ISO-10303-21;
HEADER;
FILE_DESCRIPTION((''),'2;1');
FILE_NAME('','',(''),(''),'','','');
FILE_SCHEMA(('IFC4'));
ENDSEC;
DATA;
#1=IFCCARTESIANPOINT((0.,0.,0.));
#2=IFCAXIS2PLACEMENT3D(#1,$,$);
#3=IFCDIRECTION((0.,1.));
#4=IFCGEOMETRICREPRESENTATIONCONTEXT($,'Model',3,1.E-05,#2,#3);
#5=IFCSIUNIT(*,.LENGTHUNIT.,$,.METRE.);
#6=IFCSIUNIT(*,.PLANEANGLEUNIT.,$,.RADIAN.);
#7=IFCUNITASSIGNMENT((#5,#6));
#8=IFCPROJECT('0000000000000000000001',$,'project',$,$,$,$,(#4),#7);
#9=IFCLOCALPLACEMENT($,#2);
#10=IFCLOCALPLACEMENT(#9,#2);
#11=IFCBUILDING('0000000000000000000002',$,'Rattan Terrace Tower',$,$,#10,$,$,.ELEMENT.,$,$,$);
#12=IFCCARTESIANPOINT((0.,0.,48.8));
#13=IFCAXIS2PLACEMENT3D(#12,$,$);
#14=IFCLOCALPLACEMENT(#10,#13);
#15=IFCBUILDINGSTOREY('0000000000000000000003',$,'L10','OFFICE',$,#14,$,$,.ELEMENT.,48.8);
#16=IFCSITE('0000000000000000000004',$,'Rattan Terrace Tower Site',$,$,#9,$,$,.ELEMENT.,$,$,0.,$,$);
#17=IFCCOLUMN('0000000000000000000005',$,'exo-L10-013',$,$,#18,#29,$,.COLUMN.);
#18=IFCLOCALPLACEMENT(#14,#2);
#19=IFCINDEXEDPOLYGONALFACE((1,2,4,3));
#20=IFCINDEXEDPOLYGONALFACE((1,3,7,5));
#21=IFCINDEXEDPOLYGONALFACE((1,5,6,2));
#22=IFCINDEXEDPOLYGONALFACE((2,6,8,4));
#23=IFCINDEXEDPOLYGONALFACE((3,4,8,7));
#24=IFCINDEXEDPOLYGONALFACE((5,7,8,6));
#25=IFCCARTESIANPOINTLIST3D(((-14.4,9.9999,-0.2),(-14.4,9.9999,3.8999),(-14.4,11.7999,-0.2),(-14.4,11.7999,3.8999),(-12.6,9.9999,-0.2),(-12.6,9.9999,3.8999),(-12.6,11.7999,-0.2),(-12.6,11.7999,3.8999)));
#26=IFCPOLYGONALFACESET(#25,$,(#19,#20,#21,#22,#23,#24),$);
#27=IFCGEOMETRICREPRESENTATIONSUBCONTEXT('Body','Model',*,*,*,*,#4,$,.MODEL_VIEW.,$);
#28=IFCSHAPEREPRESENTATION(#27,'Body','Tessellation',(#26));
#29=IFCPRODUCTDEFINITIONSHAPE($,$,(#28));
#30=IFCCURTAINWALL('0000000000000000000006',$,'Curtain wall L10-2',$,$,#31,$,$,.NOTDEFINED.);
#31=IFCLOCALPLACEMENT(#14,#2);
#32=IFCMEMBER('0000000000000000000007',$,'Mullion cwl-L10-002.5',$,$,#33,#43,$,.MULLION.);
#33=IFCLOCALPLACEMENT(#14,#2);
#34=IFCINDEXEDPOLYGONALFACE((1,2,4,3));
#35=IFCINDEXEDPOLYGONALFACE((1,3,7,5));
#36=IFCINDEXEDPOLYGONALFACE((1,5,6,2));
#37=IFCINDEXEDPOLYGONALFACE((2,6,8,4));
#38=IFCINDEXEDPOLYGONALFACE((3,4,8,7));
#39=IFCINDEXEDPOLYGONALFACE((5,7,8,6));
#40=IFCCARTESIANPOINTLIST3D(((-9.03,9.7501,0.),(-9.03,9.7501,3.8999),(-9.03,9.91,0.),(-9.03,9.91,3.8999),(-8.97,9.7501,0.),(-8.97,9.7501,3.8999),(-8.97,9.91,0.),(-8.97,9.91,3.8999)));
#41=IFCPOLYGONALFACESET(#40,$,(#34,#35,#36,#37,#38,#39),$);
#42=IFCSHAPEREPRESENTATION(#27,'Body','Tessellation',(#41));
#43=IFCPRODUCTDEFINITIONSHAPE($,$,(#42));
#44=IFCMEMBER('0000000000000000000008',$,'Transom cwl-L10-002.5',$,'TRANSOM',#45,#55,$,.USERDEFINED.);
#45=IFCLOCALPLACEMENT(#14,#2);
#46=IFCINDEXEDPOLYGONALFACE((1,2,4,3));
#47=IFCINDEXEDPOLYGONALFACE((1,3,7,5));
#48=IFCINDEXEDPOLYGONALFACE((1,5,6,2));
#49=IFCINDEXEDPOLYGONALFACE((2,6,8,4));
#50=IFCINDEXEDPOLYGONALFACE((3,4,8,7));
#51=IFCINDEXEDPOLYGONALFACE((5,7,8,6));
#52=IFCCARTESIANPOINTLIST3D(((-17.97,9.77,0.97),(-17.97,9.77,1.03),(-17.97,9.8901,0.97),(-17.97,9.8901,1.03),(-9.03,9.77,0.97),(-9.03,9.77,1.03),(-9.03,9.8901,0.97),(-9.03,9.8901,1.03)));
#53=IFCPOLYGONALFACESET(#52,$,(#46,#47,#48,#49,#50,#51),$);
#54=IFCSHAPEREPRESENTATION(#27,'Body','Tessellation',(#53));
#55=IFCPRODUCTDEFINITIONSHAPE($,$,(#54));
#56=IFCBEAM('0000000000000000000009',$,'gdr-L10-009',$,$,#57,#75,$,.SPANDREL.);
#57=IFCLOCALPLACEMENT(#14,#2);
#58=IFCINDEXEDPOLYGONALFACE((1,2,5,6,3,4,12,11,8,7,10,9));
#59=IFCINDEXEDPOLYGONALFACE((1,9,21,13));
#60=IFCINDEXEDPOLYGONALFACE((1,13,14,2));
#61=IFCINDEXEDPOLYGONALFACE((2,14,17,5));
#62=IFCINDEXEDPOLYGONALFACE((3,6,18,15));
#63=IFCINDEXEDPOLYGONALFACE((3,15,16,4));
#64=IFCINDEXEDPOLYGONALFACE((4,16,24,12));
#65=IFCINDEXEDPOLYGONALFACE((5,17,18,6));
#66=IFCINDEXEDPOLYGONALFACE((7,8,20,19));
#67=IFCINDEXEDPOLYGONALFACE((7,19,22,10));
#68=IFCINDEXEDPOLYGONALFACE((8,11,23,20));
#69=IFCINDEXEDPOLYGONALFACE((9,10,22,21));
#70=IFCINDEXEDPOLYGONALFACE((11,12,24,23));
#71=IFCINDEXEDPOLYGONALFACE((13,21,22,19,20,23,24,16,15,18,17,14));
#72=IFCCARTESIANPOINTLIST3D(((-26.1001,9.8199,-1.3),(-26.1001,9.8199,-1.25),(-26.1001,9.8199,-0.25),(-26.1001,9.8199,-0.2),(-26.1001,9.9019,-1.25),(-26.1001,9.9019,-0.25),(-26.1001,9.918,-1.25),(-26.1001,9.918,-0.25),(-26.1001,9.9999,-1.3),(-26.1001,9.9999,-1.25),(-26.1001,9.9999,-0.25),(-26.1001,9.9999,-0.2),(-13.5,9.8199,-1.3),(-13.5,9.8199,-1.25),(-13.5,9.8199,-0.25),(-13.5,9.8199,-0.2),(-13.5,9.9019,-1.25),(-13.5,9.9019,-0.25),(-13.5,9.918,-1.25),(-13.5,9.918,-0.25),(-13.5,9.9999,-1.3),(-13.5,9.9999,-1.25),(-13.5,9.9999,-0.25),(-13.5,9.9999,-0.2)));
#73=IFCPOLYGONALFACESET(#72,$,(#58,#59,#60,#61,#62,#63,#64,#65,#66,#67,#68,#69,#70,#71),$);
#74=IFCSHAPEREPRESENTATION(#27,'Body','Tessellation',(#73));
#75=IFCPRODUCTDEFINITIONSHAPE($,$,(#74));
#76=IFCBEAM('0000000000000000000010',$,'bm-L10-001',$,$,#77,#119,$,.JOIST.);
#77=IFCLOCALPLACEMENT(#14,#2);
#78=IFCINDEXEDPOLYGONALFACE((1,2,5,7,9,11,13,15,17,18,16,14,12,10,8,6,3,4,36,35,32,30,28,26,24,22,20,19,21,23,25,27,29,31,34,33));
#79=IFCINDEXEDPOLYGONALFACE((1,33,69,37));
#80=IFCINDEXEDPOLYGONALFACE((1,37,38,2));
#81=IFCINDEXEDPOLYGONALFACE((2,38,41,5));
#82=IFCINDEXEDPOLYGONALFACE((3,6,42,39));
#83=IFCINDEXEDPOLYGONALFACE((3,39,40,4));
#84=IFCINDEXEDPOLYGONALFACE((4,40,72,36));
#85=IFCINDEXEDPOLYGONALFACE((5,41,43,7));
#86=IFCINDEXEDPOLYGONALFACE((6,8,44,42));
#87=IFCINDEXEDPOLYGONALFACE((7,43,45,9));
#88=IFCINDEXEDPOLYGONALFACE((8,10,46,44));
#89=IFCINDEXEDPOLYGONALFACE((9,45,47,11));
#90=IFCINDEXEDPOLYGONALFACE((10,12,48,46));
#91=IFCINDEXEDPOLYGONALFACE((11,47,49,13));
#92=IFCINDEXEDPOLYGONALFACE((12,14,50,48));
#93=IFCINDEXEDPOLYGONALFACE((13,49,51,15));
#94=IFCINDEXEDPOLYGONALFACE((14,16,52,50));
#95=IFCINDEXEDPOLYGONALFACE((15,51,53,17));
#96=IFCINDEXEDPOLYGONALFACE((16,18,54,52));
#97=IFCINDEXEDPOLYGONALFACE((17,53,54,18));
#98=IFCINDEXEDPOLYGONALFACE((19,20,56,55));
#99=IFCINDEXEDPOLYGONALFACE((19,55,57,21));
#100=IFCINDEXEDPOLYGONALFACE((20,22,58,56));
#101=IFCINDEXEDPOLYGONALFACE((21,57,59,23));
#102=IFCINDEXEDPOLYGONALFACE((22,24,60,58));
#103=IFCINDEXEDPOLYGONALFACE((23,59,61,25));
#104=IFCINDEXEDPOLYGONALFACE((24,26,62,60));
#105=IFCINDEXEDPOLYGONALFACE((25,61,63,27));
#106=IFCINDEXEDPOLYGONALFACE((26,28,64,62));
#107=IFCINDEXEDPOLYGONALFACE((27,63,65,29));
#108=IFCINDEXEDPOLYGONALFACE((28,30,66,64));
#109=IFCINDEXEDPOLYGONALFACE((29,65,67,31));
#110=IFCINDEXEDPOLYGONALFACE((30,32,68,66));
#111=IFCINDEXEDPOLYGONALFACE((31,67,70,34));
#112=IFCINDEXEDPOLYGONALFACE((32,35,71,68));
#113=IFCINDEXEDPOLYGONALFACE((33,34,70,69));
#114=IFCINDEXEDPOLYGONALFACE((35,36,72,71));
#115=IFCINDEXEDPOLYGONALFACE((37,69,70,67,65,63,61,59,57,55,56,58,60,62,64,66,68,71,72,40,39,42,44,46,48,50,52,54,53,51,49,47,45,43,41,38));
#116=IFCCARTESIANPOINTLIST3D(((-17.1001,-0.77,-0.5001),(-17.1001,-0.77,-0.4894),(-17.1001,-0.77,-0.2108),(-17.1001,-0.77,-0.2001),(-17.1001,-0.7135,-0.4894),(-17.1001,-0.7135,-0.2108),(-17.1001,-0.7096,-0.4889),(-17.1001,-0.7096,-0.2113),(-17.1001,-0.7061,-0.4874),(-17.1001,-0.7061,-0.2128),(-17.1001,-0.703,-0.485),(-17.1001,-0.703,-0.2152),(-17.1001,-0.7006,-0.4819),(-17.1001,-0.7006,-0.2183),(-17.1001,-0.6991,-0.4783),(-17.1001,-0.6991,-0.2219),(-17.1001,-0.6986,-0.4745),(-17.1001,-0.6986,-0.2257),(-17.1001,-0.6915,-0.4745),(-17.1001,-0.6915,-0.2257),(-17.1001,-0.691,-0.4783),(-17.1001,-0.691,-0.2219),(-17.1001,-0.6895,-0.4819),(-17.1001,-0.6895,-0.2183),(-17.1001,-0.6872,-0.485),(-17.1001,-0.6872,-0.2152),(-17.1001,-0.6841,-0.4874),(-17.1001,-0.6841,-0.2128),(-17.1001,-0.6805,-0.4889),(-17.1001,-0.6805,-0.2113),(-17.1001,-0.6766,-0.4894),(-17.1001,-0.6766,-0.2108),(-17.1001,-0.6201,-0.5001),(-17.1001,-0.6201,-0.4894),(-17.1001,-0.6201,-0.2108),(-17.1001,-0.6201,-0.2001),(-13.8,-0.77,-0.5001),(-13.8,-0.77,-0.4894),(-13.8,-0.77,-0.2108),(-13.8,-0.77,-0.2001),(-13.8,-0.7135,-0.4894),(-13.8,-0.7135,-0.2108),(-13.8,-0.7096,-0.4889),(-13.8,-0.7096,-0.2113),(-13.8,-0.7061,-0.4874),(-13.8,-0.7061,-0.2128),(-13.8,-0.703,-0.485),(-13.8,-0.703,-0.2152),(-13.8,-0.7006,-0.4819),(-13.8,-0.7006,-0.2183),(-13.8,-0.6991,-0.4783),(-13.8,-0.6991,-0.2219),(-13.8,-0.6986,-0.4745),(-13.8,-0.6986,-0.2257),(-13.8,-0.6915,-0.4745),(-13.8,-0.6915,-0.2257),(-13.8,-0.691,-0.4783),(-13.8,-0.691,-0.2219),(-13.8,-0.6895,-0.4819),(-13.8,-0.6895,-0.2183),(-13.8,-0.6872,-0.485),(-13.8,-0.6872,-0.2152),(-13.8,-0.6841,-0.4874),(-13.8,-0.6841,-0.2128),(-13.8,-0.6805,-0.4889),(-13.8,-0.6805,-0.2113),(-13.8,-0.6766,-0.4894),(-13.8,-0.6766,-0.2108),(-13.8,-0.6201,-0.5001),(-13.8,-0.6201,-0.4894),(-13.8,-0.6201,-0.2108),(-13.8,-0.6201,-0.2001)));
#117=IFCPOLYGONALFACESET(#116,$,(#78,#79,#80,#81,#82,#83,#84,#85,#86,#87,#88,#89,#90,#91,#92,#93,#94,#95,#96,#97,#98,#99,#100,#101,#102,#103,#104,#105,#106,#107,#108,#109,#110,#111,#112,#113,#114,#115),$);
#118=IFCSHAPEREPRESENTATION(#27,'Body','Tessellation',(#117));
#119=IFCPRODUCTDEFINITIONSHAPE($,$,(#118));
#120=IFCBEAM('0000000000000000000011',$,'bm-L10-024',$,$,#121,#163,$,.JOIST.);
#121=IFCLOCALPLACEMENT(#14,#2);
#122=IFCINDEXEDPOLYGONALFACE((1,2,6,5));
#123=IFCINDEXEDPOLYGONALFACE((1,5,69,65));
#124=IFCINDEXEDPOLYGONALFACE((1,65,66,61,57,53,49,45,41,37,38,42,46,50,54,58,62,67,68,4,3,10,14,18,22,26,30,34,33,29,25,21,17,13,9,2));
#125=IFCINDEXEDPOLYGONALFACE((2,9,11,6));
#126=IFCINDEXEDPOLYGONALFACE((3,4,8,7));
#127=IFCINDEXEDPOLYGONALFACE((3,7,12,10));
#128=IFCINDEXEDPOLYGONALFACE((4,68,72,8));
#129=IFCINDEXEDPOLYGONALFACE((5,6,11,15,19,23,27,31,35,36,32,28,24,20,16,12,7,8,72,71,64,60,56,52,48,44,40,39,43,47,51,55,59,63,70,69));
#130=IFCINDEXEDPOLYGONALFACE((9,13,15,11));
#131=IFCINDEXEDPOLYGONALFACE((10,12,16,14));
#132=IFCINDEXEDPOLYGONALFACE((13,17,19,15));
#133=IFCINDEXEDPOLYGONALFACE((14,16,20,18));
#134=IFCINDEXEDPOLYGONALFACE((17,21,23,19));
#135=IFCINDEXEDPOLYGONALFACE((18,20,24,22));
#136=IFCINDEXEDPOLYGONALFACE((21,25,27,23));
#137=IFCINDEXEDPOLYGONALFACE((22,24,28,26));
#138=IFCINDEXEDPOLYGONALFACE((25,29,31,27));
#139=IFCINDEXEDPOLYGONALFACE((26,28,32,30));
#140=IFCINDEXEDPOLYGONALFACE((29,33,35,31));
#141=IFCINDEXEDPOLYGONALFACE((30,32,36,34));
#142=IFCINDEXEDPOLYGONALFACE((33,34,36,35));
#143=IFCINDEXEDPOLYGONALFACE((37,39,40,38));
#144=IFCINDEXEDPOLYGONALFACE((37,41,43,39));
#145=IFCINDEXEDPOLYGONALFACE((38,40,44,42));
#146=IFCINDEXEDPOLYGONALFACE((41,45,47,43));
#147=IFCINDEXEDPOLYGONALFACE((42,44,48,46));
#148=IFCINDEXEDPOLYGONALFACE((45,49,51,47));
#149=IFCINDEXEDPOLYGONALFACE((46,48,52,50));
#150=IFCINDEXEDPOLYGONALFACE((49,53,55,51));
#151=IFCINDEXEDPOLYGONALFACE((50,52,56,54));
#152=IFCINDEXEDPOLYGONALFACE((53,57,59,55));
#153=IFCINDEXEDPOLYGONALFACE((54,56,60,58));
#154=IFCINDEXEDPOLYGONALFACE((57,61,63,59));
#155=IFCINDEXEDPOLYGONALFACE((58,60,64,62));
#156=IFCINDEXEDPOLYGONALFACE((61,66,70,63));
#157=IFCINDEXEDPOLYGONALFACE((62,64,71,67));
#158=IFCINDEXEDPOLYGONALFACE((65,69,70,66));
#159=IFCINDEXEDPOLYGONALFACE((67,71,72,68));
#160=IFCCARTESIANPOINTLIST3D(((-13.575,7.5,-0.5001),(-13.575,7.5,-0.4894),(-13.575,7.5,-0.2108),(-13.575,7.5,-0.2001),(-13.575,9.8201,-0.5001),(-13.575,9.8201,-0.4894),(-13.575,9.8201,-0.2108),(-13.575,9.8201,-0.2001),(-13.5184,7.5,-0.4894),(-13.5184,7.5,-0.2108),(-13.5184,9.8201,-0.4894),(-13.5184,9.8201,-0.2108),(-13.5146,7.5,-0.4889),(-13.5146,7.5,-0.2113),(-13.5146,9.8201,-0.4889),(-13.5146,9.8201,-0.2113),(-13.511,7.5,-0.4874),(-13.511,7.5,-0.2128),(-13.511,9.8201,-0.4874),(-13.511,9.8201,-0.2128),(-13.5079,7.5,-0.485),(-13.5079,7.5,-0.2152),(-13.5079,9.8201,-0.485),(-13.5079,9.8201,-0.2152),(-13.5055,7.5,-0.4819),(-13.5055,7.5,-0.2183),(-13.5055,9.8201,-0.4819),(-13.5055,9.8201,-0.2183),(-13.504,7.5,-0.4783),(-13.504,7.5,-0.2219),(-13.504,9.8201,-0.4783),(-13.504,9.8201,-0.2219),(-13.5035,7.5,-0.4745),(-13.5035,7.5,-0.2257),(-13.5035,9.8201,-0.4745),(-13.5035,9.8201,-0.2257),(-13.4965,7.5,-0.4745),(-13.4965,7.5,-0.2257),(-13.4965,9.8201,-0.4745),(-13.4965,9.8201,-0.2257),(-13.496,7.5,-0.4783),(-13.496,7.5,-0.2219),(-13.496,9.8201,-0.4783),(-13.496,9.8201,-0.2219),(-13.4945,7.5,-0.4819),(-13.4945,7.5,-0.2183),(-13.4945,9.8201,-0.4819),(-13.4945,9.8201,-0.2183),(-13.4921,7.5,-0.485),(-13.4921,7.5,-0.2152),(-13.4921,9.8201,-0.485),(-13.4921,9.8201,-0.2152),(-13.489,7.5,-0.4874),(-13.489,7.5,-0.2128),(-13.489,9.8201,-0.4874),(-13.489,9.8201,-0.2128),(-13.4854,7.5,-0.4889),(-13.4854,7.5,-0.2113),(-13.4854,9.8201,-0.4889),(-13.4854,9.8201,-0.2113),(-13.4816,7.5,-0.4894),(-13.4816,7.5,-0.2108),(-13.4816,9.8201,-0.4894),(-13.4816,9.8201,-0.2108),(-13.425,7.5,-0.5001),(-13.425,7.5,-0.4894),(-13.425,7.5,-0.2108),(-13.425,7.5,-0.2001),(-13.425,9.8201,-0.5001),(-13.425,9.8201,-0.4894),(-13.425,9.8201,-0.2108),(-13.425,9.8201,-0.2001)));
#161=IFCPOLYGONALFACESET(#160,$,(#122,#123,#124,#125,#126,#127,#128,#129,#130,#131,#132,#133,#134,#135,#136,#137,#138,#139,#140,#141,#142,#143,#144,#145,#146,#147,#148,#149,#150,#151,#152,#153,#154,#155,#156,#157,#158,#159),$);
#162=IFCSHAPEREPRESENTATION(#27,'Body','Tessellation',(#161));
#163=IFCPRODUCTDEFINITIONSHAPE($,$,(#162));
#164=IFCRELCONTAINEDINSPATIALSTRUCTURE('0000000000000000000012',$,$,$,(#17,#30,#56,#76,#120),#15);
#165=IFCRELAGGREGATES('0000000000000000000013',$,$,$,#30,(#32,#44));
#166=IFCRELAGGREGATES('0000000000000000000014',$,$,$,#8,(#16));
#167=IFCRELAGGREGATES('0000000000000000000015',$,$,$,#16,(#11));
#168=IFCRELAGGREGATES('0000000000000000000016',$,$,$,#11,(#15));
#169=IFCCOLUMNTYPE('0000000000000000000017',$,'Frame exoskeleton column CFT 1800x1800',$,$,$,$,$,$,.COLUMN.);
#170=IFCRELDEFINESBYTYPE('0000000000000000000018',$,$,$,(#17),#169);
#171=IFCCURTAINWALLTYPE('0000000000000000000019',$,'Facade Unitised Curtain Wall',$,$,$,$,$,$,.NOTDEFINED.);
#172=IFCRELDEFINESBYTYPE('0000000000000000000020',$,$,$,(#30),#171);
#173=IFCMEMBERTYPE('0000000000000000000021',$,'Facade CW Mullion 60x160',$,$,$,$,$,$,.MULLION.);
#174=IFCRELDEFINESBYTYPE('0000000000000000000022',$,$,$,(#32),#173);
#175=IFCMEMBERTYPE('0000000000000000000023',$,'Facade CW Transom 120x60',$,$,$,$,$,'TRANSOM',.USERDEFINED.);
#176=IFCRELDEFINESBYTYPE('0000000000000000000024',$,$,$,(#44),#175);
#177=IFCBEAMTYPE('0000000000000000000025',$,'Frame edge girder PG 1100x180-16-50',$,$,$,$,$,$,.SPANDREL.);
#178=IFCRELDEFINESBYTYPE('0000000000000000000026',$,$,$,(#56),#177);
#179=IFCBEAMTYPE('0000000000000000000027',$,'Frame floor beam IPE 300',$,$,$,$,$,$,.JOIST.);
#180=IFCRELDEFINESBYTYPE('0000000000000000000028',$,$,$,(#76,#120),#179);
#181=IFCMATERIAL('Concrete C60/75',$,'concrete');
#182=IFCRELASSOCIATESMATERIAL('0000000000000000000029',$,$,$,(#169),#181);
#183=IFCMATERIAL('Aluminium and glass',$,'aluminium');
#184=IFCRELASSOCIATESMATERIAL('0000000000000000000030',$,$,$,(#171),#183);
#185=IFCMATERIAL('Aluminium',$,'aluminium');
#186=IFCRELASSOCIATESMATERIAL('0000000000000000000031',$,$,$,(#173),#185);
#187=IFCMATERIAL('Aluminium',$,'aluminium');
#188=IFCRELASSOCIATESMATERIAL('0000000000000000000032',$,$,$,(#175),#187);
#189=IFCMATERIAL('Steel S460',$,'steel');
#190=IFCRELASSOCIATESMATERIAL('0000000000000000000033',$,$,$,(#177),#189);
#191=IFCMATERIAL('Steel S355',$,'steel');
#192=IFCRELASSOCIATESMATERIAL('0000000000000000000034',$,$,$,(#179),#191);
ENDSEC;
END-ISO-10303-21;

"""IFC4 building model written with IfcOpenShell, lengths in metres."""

from ifc_helpers import new_model, si_unit, direction, frame, origin, origin_2d, place, context, subcontext, project, spatial, rectangle, i_section, extrude, material, material_profile, profile_set, type_object, element, aggregate, save


model = new_model("IFC4")

# Units and contexts
model_context = context("Model", 3, precision=1e-05, world=origin(), true_north=direction((0.0, 1.0)))
body_context = subcontext(model_context, "Body", "Model", "MODEL_VIEW")
ifc_project = project(units=[si_unit("LENGTHUNIT", "METRE"), si_unit("PLANEANGLEUNIT", "RADIAN")], contexts=[model_context])

# Site, building, storey
site_placement = place(None, origin())
site = spatial("IfcSite", under=ifc_project, at=site_placement, Name="Rattan Terrace Tower Site", CompositionType="ELEMENT", RefElevation=0.0)
building_placement = place(site_placement, origin())
building = spatial("IfcBuilding", under=site, at=building_placement, Name="Rattan Terrace Tower", CompositionType="ELEMENT")
storey_placement = place(building_placement, frame((0.0, 0.0, 48.8)))
storey = spatial("IfcBuildingStorey", under=building, at=storey_placement, Name="L10", Description="OFFICE", CompositionType="ELEMENT", Elevation=48.8)

# Column
ifc_material_1 = material(Name="Concrete C60/75", Category="concrete")
ifc_material_profile_1 = material_profile(ifc_material_1, rectangle(XDim=1.8, YDim=1.8, at=origin_2d()), Name="CFT 1800x1800")
ifc_profile_set_1 = profile_set([ifc_material_profile_1], Name="Concrete C60/75")
column_type = type_object("IfcColumnType", Name="Frame exoskeleton column CFT 1800x1800", PredefinedType="COLUMN", material=ifc_profile_set_1)
column_placement = place(storey_placement, frame((-13.5, 10.8999, -0.2), z_axis=(0.0, 0.0, 1.0), x_axis=(1.0, 0.0, 0.0)))
element("IfcColumn", 1, at=column_placement, inside=storey, type_object=column_type, Name="exo-L10-013", PredefinedType="COLUMN", context=body_context, shape_type="SweptSolid", body=[
    extrude(rectangle(XDim=1.8, YDim=1.8, at=origin_2d()), origin(), (0.0, 0.0, 1.0), 4.0999),
])

# Curtain wall, members
ifc_material_2 = material(Name="Aluminium and glass", Category="aluminium")
curtain_wall_type = type_object("IfcCurtainWallType", Name="Facade Unitised Curtain Wall", PredefinedType="NOTDEFINED", material=ifc_material_2)
curtain_wall_placement = place(storey_placement, origin())
curtain_wall = element("IfcCurtainWall", 2, at=curtain_wall_placement, inside=storey, type_object=curtain_wall_type, Name="Curtain wall L10-2", PredefinedType="NOTDEFINED")
ifc_material_3 = material(Name="Aluminium", Category="aluminium")
ifc_material_profile_2 = material_profile(ifc_material_3, rectangle(XDim=0.0601, YDim=0.1599, at=origin_2d()), Name="Aluminium 60x160")
ifc_profile_set_2 = profile_set([ifc_material_profile_2], Name="Aluminium")
member_type_1 = type_object("IfcMemberType", Name="Facade CW Mullion 60x160", PredefinedType="MULLION", material=ifc_profile_set_2)
member_1_placement = place(storey_placement, frame((-9.0, 9.8301, 0.0), z_axis=(0.0, 0.0, 1.0), x_axis=(-1.0, 0.0, 0.0)))
member_1 = element("IfcMember", 3, at=member_1_placement, type_object=member_type_1, Name="Mullion cwl-L10-002.5", PredefinedType="MULLION", context=body_context, shape_type="SweptSolid", body=[
    extrude(rectangle(XDim=0.0601, YDim=0.1599, at=origin_2d()), origin(), (0.0, 0.0, 1.0), 3.8999),
])
ifc_material_4 = material(Name="Aluminium", Category="aluminium")
ifc_material_profile_3 = material_profile(ifc_material_4, rectangle(XDim=0.1201, YDim=0.0601, at=origin_2d()), Name="Aluminium 120x60")
ifc_profile_set_3 = profile_set([ifc_material_profile_3], Name="Aluminium")
member_type_2 = type_object("IfcMemberType", Name="Facade CW Transom 120x60", ElementType="TRANSOM", PredefinedType="USERDEFINED", material=ifc_profile_set_3)
member_2_placement = place(storey_placement, frame((-9.03, 9.8301, 1.0), z_axis=(-1.0, 0.0, 0.0), x_axis=(0.0, -1.0, 0.0)))
member_2 = element("IfcMember", 4, at=member_2_placement, type_object=member_type_2, Name="Transom cwl-L10-002.5", ObjectType="TRANSOM", PredefinedType="USERDEFINED", context=body_context, shape_type="SweptSolid", body=[
    extrude(rectangle(XDim=0.1201, YDim=0.0601, at=origin_2d()), origin(), (0.0, 0.0, 1.0), 8.9399),
])

# Beams
ifc_material_5 = material(Name="Steel S460", Category="steel")
ifc_material_profile_4 = material_profile(ifc_material_5, i_section(OverallWidth=0.1799, OverallDepth=1.1001, WebThickness=0.0161, FlangeThickness=0.05, at=origin_2d()), Name="PG 1100x180-16-50")
ifc_profile_set_4 = profile_set([ifc_material_profile_4], Name="Steel S460")
beam_type_1 = type_object("IfcBeamType", Name="Frame edge girder PG 1100x180-16-50", PredefinedType="SPANDREL", material=ifc_profile_set_4)
beam_1_placement = place(storey_placement, frame((-13.5, 9.9099, -0.75), z_axis=(-1.0, 0.0, 0.0), x_axis=(0.0, -1.0, 0.0)))
element("IfcBeam", 5, at=beam_1_placement, inside=storey, type_object=beam_type_1, Name="gdr-L10-009", PredefinedType="SPANDREL", context=body_context, shape_type="SweptSolid", body=[
    extrude(i_section(OverallWidth=0.1799, OverallDepth=1.1001, WebThickness=0.0161, FlangeThickness=0.05, at=origin_2d()), origin(), (0.0, 0.0, 1.0), 12.6001),
])
ifc_material_6 = material(Name="Steel S355", Category="steel")
ifc_material_profile_5 = material_profile(ifc_material_6, i_section(OverallWidth=0.1499, OverallDepth=0.3, WebThickness=0.0071, FlangeThickness=0.0107, FilletRadius=0.0149, at=origin_2d()), Name="IPE 300")
ifc_profile_set_5 = profile_set([ifc_material_profile_5], Name="Steel S355")
beam_type_2 = type_object("IfcBeamType", Name="Frame floor beam IPE 300", PredefinedType="JOIST", material=ifc_profile_set_5)
beam_2_placement = place(storey_placement, frame((-17.1001, -0.6951, -0.3501), z_axis=(1.0, 0.0, 0.0), x_axis=(0.0, 1.0, 0.0)))
element("IfcBeam", 6, at=beam_2_placement, inside=storey, type_object=beam_type_2, Name="bm-L10-001", PredefinedType="JOIST", context=body_context, shape_type="SweptSolid", body=[
    extrude(i_section(OverallWidth=0.1499, OverallDepth=0.3, WebThickness=0.0071, FlangeThickness=0.0107, FilletRadius=0.0149, at=origin_2d()), origin(), (0.0, 0.0, 1.0), 3.3),
])
for number, where, z_axis, x_axis, name in (
    (7, (-13.5, 7.5, -0.3501), (0.0, 1.0, 0.0), (-1.0, 0.0, 0.0), "bm-L10-024"),
):
    element("IfcBeam", number, at=place(storey_placement, frame(where, z_axis=z_axis, x_axis=x_axis)), inside=storey, type_object=beam_type_2, Name=name, PredefinedType="JOIST", context=body_context, shape_type="SweptSolid", body=[
        extrude(i_section(OverallWidth=0.1499, OverallDepth=0.3, WebThickness=0.0071, FlangeThickness=0.0107, FilletRadius=0.0149, at=origin_2d()), origin(), (0.0, 0.0, 1.0), 2.3201),
    ])

aggregate(curtain_wall, [member_1, member_2])

save(model, "model.ifc")
